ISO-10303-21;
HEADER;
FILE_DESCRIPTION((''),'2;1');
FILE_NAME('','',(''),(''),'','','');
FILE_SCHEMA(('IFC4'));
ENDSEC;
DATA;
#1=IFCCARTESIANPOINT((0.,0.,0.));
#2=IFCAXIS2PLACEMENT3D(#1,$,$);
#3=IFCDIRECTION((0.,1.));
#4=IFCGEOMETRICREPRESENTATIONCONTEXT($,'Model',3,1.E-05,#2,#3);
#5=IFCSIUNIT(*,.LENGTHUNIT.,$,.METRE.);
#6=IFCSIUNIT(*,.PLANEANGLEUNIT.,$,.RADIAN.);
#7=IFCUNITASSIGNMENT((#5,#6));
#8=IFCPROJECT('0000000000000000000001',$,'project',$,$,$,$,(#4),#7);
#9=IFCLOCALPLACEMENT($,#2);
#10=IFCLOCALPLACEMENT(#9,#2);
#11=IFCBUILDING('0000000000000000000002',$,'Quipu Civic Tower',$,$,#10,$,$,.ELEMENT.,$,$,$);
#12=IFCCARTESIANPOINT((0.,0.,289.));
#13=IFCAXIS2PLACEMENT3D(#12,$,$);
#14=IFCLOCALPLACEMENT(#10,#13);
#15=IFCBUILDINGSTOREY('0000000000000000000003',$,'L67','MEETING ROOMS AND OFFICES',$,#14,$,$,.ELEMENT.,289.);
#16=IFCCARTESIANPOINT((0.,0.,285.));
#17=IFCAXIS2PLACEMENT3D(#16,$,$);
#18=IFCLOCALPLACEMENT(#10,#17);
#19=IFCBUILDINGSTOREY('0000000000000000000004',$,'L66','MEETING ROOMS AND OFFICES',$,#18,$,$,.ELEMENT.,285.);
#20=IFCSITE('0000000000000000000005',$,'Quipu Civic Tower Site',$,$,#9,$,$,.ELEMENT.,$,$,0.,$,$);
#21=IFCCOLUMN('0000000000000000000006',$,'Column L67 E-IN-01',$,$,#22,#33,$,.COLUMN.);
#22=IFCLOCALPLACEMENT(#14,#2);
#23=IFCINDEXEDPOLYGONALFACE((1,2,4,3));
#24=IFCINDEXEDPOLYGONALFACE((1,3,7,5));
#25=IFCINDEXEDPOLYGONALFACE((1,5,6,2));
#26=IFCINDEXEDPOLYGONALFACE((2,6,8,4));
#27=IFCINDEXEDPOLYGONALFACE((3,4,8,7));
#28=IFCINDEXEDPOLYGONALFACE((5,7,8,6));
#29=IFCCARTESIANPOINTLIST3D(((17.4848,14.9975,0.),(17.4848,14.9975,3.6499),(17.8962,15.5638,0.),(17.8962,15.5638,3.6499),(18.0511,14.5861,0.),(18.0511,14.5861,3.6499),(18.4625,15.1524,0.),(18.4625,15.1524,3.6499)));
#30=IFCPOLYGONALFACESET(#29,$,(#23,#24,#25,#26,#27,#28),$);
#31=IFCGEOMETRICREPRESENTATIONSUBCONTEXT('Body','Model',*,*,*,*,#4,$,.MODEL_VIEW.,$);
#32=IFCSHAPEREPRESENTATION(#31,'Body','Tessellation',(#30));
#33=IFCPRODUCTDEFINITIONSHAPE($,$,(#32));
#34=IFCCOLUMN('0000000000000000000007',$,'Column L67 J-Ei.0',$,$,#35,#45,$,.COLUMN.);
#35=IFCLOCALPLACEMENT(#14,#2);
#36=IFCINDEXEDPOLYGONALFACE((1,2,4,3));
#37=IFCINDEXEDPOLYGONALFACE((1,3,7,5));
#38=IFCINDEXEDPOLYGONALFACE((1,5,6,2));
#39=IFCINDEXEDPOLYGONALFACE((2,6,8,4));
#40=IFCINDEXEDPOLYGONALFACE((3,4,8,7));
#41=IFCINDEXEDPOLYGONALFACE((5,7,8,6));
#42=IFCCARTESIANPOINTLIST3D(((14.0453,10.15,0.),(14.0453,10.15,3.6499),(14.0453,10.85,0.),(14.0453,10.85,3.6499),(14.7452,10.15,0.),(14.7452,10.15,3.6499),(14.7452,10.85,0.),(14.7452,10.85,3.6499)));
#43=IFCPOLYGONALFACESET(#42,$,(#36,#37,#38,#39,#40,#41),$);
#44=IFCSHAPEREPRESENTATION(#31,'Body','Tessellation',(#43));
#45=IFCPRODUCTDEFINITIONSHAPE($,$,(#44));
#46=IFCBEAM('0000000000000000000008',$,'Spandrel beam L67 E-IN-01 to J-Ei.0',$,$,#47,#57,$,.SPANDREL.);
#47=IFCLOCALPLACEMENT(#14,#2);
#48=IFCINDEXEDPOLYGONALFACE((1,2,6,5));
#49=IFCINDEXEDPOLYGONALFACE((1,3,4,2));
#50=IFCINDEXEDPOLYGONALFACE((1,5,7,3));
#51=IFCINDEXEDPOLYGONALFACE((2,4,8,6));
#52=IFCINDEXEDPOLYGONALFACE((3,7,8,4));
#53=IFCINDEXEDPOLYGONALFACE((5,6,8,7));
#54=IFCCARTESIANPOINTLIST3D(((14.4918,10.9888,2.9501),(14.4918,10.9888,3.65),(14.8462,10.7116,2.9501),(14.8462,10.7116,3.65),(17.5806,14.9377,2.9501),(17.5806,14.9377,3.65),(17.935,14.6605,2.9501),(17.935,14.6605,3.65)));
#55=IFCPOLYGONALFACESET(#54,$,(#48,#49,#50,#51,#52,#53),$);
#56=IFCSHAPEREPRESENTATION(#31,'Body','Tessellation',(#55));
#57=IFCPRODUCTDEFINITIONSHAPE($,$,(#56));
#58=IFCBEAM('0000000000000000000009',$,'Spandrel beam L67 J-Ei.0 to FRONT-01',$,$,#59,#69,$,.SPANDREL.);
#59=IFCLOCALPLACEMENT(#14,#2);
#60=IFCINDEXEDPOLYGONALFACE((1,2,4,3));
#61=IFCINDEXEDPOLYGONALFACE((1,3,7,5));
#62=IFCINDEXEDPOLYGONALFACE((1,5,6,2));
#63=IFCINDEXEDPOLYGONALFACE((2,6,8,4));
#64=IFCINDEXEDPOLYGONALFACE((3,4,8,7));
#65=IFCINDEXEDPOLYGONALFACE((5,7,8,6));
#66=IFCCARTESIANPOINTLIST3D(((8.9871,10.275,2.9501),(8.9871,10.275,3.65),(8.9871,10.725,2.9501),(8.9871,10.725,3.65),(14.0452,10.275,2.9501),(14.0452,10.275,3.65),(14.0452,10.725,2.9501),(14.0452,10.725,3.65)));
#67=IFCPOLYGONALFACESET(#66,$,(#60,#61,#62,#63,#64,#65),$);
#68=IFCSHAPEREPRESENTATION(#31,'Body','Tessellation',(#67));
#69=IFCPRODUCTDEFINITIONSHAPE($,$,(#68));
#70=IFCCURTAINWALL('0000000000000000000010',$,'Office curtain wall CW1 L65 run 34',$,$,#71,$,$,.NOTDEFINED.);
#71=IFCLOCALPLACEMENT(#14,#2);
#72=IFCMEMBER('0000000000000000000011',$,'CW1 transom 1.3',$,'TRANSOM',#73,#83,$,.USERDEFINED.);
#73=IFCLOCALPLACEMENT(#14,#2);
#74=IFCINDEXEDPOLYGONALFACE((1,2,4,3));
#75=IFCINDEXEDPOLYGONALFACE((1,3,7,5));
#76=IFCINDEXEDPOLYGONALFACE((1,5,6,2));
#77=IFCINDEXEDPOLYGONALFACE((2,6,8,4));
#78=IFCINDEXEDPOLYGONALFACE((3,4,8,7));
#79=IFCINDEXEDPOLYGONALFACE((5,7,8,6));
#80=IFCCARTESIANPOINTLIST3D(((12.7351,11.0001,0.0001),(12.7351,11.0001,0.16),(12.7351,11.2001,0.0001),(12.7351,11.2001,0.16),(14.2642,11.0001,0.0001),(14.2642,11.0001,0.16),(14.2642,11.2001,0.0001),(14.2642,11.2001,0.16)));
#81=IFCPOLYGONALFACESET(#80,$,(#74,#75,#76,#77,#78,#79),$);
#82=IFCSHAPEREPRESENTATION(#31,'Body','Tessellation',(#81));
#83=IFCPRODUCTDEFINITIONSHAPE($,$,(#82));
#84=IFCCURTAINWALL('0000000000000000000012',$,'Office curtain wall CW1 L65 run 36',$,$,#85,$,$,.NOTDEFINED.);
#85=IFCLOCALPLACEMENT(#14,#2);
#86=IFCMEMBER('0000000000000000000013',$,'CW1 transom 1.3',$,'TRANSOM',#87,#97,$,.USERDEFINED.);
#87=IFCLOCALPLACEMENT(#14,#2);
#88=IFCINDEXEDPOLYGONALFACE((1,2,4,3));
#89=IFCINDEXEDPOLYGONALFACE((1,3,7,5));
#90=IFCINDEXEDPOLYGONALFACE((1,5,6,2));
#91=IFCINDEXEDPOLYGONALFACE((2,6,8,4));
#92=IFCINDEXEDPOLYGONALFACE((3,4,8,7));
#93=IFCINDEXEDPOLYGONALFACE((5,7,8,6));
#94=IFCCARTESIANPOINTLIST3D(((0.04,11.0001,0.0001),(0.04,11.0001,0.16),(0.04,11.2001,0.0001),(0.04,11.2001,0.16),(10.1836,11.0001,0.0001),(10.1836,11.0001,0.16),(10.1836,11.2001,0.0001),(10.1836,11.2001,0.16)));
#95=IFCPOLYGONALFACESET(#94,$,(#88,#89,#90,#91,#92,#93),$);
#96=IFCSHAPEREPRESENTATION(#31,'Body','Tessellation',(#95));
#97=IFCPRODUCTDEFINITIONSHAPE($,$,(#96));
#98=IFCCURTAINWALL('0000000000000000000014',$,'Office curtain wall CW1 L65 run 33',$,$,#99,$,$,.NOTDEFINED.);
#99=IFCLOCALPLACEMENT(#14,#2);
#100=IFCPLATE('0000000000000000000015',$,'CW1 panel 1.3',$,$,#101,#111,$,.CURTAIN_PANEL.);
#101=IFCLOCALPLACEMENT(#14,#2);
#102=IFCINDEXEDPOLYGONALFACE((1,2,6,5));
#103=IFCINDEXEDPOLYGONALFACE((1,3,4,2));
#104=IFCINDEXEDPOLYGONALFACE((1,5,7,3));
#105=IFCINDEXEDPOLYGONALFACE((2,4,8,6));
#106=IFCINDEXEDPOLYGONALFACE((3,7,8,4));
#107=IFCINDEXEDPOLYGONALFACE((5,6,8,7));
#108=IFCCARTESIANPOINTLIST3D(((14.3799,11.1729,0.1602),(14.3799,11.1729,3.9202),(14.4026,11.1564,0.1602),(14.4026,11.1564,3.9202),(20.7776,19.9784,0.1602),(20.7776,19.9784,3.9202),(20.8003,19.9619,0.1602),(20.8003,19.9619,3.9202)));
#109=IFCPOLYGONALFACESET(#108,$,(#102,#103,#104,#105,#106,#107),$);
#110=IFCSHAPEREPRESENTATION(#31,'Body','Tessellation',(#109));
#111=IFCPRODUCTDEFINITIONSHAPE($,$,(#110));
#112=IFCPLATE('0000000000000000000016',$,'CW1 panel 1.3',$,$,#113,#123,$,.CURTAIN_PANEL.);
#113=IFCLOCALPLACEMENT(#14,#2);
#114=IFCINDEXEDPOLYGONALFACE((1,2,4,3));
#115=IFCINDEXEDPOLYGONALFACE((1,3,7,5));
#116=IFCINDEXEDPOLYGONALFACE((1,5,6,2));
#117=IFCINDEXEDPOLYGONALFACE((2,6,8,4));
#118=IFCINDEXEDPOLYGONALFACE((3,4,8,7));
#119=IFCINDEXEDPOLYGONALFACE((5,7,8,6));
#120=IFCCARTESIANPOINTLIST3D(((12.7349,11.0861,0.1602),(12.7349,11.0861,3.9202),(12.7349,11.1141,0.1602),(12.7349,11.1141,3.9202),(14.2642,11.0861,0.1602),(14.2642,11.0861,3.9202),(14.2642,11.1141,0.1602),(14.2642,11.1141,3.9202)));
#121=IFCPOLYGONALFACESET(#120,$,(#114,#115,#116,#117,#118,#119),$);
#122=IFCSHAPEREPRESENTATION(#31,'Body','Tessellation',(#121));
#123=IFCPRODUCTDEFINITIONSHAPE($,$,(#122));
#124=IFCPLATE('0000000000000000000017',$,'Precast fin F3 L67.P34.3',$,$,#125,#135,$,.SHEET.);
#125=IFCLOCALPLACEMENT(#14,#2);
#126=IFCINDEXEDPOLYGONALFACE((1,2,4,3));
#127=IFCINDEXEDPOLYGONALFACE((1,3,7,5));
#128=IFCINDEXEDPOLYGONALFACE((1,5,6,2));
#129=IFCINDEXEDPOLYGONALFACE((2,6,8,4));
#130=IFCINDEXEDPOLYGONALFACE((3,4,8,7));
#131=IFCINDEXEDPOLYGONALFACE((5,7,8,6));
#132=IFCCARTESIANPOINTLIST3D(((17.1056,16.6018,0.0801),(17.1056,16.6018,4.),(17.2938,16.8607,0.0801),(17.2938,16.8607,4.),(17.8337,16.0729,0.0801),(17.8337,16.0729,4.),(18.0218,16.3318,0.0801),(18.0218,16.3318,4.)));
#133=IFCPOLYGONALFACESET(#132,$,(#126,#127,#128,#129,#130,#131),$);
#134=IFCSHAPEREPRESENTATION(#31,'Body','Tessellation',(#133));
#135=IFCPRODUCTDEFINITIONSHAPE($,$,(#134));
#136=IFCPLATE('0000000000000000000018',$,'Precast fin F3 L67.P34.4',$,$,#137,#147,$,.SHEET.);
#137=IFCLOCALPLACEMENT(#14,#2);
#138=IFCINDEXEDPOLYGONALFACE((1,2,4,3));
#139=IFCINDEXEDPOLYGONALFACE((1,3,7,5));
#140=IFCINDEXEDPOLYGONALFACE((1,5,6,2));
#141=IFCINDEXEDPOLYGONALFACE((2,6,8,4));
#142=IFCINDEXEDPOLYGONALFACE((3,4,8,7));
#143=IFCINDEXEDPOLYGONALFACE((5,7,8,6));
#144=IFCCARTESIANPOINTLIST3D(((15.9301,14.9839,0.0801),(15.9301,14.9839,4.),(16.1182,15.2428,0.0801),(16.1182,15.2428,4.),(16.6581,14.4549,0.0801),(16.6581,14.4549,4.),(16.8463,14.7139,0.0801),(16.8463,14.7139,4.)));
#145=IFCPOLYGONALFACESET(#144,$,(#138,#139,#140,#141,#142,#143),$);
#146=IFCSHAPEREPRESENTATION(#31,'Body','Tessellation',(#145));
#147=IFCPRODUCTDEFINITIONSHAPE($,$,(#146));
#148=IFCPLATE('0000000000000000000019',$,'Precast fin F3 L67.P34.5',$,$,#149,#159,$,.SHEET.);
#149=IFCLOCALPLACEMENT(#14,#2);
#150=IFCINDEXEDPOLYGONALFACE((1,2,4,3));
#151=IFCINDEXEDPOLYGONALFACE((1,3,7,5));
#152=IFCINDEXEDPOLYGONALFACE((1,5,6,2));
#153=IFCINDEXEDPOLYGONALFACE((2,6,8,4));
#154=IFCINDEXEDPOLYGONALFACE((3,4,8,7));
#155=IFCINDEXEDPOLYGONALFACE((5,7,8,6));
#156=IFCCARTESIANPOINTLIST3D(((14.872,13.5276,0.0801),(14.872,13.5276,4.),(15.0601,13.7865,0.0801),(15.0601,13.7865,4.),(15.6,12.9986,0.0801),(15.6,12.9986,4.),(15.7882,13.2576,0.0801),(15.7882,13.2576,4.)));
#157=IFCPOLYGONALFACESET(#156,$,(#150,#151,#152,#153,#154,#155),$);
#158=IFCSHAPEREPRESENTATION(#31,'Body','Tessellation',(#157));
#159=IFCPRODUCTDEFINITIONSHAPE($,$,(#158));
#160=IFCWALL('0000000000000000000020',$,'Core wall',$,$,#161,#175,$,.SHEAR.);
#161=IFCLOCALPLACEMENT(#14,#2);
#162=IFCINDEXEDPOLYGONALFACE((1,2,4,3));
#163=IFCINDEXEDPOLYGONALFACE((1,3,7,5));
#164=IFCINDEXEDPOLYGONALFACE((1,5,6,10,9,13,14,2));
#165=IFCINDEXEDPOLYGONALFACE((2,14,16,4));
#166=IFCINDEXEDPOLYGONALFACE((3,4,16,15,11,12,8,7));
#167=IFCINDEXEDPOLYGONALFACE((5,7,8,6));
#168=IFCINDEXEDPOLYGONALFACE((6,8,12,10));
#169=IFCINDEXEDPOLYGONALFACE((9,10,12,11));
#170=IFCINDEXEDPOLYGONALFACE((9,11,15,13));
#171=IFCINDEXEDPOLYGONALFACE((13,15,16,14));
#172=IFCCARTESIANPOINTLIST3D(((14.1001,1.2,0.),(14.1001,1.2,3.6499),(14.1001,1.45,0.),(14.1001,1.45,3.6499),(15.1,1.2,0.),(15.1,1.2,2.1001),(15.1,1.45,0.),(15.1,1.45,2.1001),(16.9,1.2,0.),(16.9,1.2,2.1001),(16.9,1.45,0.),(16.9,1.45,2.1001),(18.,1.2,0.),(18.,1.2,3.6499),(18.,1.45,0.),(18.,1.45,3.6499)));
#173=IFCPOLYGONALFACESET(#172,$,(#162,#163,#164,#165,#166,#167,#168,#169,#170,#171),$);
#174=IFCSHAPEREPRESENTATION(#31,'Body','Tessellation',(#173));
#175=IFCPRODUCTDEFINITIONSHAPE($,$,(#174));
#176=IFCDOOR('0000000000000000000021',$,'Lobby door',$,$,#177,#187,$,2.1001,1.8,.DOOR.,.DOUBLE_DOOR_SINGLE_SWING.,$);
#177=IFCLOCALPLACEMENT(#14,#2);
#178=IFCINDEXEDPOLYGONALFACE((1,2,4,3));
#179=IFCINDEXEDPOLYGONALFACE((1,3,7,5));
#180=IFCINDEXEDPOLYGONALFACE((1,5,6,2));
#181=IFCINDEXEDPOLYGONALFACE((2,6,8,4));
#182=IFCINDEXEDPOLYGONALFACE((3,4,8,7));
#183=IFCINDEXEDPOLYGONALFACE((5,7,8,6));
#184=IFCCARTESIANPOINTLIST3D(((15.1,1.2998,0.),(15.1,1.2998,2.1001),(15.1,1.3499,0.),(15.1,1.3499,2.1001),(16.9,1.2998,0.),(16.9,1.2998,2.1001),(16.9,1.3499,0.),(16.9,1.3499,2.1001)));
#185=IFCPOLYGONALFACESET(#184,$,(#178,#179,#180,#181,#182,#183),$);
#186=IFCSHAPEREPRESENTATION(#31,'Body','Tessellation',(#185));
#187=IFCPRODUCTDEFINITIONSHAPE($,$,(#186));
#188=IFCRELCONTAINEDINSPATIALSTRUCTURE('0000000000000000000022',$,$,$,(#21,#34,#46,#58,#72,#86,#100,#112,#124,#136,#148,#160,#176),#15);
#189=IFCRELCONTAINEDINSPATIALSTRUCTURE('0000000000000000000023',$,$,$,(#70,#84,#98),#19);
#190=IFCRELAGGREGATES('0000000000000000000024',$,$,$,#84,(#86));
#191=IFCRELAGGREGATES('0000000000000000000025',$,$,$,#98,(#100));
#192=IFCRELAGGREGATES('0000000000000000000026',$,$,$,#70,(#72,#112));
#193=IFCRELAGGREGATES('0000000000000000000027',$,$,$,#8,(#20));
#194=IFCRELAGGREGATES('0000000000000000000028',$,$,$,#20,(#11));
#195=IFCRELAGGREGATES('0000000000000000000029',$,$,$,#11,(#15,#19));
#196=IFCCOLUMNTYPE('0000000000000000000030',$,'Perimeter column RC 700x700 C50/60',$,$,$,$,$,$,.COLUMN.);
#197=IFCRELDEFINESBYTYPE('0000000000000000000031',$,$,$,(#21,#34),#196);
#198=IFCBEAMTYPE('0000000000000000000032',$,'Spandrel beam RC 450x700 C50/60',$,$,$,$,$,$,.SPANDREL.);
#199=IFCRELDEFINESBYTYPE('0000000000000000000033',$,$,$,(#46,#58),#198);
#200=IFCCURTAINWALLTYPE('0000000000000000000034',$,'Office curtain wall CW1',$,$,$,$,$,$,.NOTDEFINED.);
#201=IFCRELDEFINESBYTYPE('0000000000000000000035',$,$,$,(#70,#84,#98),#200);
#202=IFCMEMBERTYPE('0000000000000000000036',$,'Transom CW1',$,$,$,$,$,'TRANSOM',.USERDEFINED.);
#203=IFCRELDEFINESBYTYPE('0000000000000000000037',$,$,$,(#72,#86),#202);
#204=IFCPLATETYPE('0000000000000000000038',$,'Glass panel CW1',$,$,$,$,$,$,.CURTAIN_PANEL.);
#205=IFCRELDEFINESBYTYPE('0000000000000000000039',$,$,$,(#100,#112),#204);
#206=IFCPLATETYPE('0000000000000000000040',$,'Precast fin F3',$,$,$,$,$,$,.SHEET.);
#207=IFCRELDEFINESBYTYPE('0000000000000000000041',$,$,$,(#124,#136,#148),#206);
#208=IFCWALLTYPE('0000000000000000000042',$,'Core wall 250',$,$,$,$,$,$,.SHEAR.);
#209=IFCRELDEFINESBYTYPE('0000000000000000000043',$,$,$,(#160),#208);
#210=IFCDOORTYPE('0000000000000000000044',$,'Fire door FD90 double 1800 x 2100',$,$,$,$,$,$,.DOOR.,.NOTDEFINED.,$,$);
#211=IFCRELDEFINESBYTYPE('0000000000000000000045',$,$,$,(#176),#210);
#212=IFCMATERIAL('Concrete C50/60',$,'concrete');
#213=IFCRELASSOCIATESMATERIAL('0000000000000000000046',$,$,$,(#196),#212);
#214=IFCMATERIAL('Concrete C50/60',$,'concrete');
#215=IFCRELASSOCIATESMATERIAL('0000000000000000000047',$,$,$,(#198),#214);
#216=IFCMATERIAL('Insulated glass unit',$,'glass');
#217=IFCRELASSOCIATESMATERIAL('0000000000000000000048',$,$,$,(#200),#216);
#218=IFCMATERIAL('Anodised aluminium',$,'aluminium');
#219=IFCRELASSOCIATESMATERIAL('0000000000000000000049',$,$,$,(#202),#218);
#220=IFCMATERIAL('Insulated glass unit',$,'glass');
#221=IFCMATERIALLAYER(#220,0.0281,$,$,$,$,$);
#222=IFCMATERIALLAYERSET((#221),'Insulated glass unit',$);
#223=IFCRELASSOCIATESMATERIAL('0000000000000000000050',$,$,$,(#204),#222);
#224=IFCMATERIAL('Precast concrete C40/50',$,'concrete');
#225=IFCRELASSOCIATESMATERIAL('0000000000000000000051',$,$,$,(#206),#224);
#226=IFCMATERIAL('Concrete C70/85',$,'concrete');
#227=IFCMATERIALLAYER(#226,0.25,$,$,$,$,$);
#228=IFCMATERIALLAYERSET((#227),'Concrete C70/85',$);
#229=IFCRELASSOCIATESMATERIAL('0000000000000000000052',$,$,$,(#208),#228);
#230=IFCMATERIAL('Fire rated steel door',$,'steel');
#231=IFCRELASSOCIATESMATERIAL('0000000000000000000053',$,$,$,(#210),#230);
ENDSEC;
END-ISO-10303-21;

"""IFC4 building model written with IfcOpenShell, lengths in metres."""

from ifc_helpers import new_model, si_unit, direction, frame, frame_2d, origin, origin_2d, place, context, subcontext, project, spatial, rectangle, extrude, material, layer, layer_set, material_profile, profile_set, type_object, element, fill, aggregate, save


model = new_model("IFC4")

# Units and contexts
model_context = context("Model", 3, precision=1e-05, world=origin(), true_north=direction((0.0, 1.0)))
body_context = subcontext(model_context, "Body", "Model", "MODEL_VIEW")
ifc_project = project(units=[si_unit("LENGTHUNIT", "METRE"), si_unit("PLANEANGLEUNIT", "RADIAN")], contexts=[model_context])

# Site, building, storey
site_placement = place(None, origin())
site = spatial("IfcSite", under=ifc_project, at=site_placement, Name="Quipu Civic Tower Site", CompositionType="ELEMENT", RefElevation=0.0)
building_placement = place(site_placement, origin())
building = spatial("IfcBuilding", under=site, at=building_placement, Name="Quipu Civic Tower", CompositionType="ELEMENT")
storey_1_placement = place(building_placement, frame((0.0, 0.0, 289.0)))
storey_1 = spatial("IfcBuildingStorey", under=building, at=storey_1_placement, Name="L67", Description="MEETING ROOMS AND OFFICES", CompositionType="ELEMENT", Elevation=289.0)

# Columns
ifc_material_1 = material(Name="Concrete C50/60", Category="concrete")
ifc_material_profile_1 = material_profile(ifc_material_1, rectangle(XDim=0.7, YDim=0.7, at=origin_2d()), Name="RC700x700")
ifc_profile_set_1 = profile_set([ifc_material_profile_1], Name="Concrete C50/60")
column_type = type_object("IfcColumnType", Name="Perimeter column RC 700x700 C50/60", PredefinedType="COLUMN", material=ifc_profile_set_1)
for number, where, z_axis, x_axis, name in (
    (1, (17.9736, 15.075, 0.0), (0.0, 0.0, 1.0), (-0.587785, -0.809017, 0.0), "Column L67 E-IN-01"),
    (2, (14.3953, 10.5, 0.0), (0.0, 0.0, 1.0), (-1.0, 0.0, 0.0), "Column L67 J-Ei.0"),
):
    element("IfcColumn", number, at=place(storey_1_placement, frame(where, z_axis=z_axis, x_axis=x_axis)), inside=storey_1, type_object=column_type, Name=name, PredefinedType="COLUMN", context=body_context, shape_type="SweptSolid", body=[
        extrude(rectangle(XDim=0.7, YDim=0.7, at=origin_2d()), origin(), (0.0, 0.0, 1.0), 3.6499),
    ])

# Beams
ifc_material_2 = material(Name="Concrete C50/60", Category="concrete")
ifc_material_profile_2 = material_profile(ifc_material_2, rectangle(XDim=0.45, YDim=0.7, at=origin_2d()), Name="RC450x700")
ifc_profile_set_2 = profile_set([ifc_material_profile_2], Name="Concrete C50/60")
beam_type = type_object("IfcBeamType", Name="Spandrel beam RC 450x700 C50/60", PredefinedType="SPANDREL", material=ifc_profile_set_2)
beam_1_placement = place(storey_1_placement, frame((17.7578, 14.7991, 3.3), z_axis=(-0.616106, -0.787663, 0.0), x_axis=(0.787663, -0.616106, 0.0)))
element("IfcBeam", 3, at=beam_1_placement, inside=storey_1, type_object=beam_type, Name="Spandrel beam L67 E-IN-01 to J-Ei.0", PredefinedType="SPANDREL", context=body_context, shape_type="SweptSolid", body=[
    extrude(rectangle(XDim=0.45, YDim=0.7, at=origin_2d()), origin(), (0.0, 0.0, 1.0), 5.0134),
])
beam_2_placement = place(storey_1_placement, frame((14.0452, 10.5, 3.3), z_axis=(-1.0, 0.0, 0.0), x_axis=(0.0, -1.0, 0.0)))
element("IfcBeam", 4, at=beam_2_placement, inside=storey_1, type_object=beam_type, Name="Spandrel beam L67 J-Ei.0 to FRONT-01", PredefinedType="SPANDREL", context=body_context, shape_type="SweptSolid", body=[
    extrude(rectangle(XDim=0.45, YDim=0.7, at=origin_2d()), origin(), (0.0, 0.0, 1.0), 5.0581),
])

# Shared definitions
storey_2_placement = place(building_placement, frame((0.0, 0.0, 285.0)))
storey_2 = spatial("IfcBuildingStorey", under=building, at=storey_2_placement, Name="L66", Description="MEETING ROOMS AND OFFICES", CompositionType="ELEMENT", Elevation=285.0)

# Curtain walls, members
ifc_material_3 = material(Name="Insulated glass unit", Category="glass")
curtain_wall_type = type_object("IfcCurtainWallType", Name="Office curtain wall CW1", PredefinedType="NOTDEFINED", material=ifc_material_3)
curtain_wall_1_placement = place(storey_2_placement, origin())
curtain_wall_1 = element("IfcCurtainWall", 5, at=curtain_wall_1_placement, inside=storey_2, type_object=curtain_wall_type, Name="Office curtain wall CW1 L65 run 34", PredefinedType="NOTDEFINED")
ifc_material_4 = material(Name="Anodised aluminium", Category="aluminium")
ifc_material_profile_3 = material_profile(ifc_material_4, rectangle(XDim=0.2, YDim=0.1599, at=origin_2d()), Name="RECT 200x160")
ifc_profile_set_3 = profile_set([ifc_material_profile_3], Name="Anodised aluminium")
member_type = type_object("IfcMemberType", Name="Transom CW1", ElementType="TRANSOM", PredefinedType="USERDEFINED", material=ifc_profile_set_3)
member_1_placement = place(storey_1_placement, frame((14.2642, 11.1001, 0.0801), z_axis=(-1.0, 0.0, 0.0), x_axis=(0.0, -1.0, 0.0)))
member_1 = element("IfcMember", 6, at=member_1_placement, inside=storey_1, type_object=member_type, Name="CW1 transom 1.3", ObjectType="TRANSOM", PredefinedType="USERDEFINED", context=body_context, shape_type="SweptSolid", body=[
    extrude(rectangle(XDim=0.2, YDim=0.1599, at=origin_2d()), origin(), (0.0, 0.0, 1.0), 1.5291),
])
curtain_wall_2_placement = place(storey_2_placement, origin())
curtain_wall_2 = element("IfcCurtainWall", 7, at=curtain_wall_2_placement, inside=storey_2, type_object=curtain_wall_type, Name="Office curtain wall CW1 L65 run 36", PredefinedType="NOTDEFINED")
member_2_placement = place(storey_1_placement, frame((10.1836, 11.1001, 0.0801), z_axis=(-1.0, 0.0, 0.0), x_axis=(0.0, -1.0, 0.0)))
member_2 = element("IfcMember", 8, at=member_2_placement, inside=storey_1, type_object=member_type, Name="CW1 transom 1.3", ObjectType="TRANSOM", PredefinedType="USERDEFINED", context=body_context, shape_type="SweptSolid", body=[
    extrude(rectangle(XDim=0.2, YDim=0.1599, at=origin_2d()), origin(), (0.0, 0.0, 1.0), 10.1436),
])
aggregate(curtain_wall_2, [member_2])

# Curtain wall, plate
curtain_wall_3_placement = place(storey_2_placement, origin())
curtain_wall_3 = element("IfcCurtainWall", 9, at=curtain_wall_3_placement, inside=storey_2, type_object=curtain_wall_type, Name="Office curtain wall CW1 L65 run 33", PredefinedType="NOTDEFINED")
ifc_material_5 = material(Name="Insulated glass unit", Category="glass")
ifc_layer_1 = layer(ifc_material_5, 0.0281)
ifc_layer_set_1 = layer_set([ifc_layer_1], Name="Insulated glass unit")
plate_type_1 = type_object("IfcPlateType", Name="Glass panel CW1", PredefinedType="CURTAIN_PANEL", material=ifc_layer_set_1)
plate_1_placement = place(storey_1_placement, frame((17.5901, 15.5674, 0.1602), z_axis=(0.0, 0.0, 1.0), x_axis=(-0.587788, -0.809015, 0.0)))
plate_1 = element("IfcPlate", 10, at=plate_1_placement, inside=storey_1, type_object=plate_type_1, Name="CW1 panel 1.3", PredefinedType="CURTAIN_PANEL", context=body_context, shape_type="SweptSolid", body=[
    extrude(rectangle(XDim=10.8843, YDim=0.0281, at=origin_2d()), origin(), (0.0, 0.0, 1.0), 3.76),
])
aggregate(curtain_wall_3, [plate_1])

# Plate
plate_2_placement = place(storey_1_placement, frame((13.4995, 11.1001, 0.1602), z_axis=(0.0, 0.0, 1.0), x_axis=(-1.0, 0.0, 0.0)))
plate_2 = element("IfcPlate", 11, at=plate_2_placement, inside=storey_1, type_object=plate_type_1, Name="CW1 panel 1.3", PredefinedType="CURTAIN_PANEL", context=body_context, shape_type="SweptSolid", body=[
    extrude(rectangle(XDim=1.5293, YDim=0.0281, at=origin_2d()), origin(), (0.0, 0.0, 1.0), 3.76),
])
aggregate(curtain_wall_1, [member_1, plate_2])

# Plates
ifc_material_6 = material(Name="Precast concrete C40/50", Category="concrete")
plate_type_2 = type_object("IfcPlateType", Name="Precast fin F3", PredefinedType="SHEET", material=ifc_material_6)
for number, where, z_axis, x_axis, name in (
    (12, (17.5637, 16.4668, 0.0801), (0.0, 0.0, 1.0), (-0.587784, -0.809018, 0.0), "Precast fin F3 L67.P34.3"),
    (13, (16.3882, 14.8489, 0.0801), (0.0, 0.0, 1.0), (-0.587784, -0.809018, 0.0), "Precast fin F3 L67.P34.4"),
    (14, (15.3301, 13.3926, 0.0801), (0.0, 0.0, 1.0), (-0.587784, -0.809018, 0.0), "Precast fin F3 L67.P34.5"),
):
    element("IfcPlate", number, at=place(storey_1_placement, frame(where, z_axis=z_axis, x_axis=x_axis)), inside=storey_1, type_object=plate_type_2, Name=name, PredefinedType="SHEET", context=body_context, shape_type="SweptSolid", body=[
        extrude(rectangle(XDim=0.3201, YDim=0.8999, at=origin_2d()), origin(), (0.0, 0.0, 1.0), 3.9199),
    ])

# Wall, opening, door
ifc_material_7 = material(Name="Concrete C70/85", Category="concrete")
ifc_layer_2 = layer(ifc_material_7, 0.25)
ifc_layer_set_2 = layer_set([ifc_layer_2], Name="Concrete C70/85")
wall_type_1 = type_object("IfcWallType", Name="Core wall 250", PredefinedType="SHEAR", material=ifc_layer_set_2)
wall_1_placement = place(storey_1_placement, frame((14.1001, 1.325, 0.0), z_axis=(0.0, 0.0, 1.0), x_axis=(1.0, 0.0, 0.0)))
wall_1 = element("IfcWall", 15, at=wall_1_placement, inside=storey_1, type_object=wall_type_1, Name="Core wall", PredefinedType="SHEAR", context=body_context, shape_type="SweptSolid", body=[
    extrude(rectangle(XDim=3.8999, YDim=0.25, at=frame_2d((1.95, 0.0))), origin(), (0.0, 0.0, 1.0), 3.6499),
])
opening_1_placement = place(wall_1_placement, frame((1.0, 0.0, 0.0)))
opening_1 = element("IfcOpeningElement", 16, at=opening_1_placement, cuts=wall_1, PredefinedType="OPENING", context=body_context, shape_type="SweptSolid", body=[
    extrude(rectangle(XDim=1.8, YDim=2.1001, at=frame_2d((0.8999, 1.05))), frame((0.0, 0.135, 0.0), z_axis=(0.0, -1.0, 0.0), x_axis=(1.0, 0.0, 0.0)), (0.0, 0.0, 1.0), 0.27),
])
ifc_material_8 = material(Name="Fire rated steel door", Category="steel")
door_type = type_object("IfcDoorType", Name="Fire door FD90 double 1800 x 2100", OperationType="NOTDEFINED", PredefinedType="DOOR", material=ifc_material_8)
door_placement = place(opening_1_placement, origin())
door = element("IfcDoor", 17, at=door_placement, inside=storey_1, type_object=door_type, Name="Lobby door", OperationType="DOUBLE_DOOR_SINGLE_SWING", OverallHeight=2.1001, OverallWidth=1.8, PredefinedType="DOOR", context=body_context, shape_type="SweptSolid", body=[
    extrude(rectangle(XDim=1.8, YDim=2.1001, at=frame_2d((0.8999, 1.05))), frame((0.0, 0.0249, 0.0), z_axis=(0.0, -1.0, 0.0), x_axis=(1.0, 0.0, 0.0)), (0.0, 0.0, 1.0), 0.05),
])
fill(opening_1, door)

save(model, "model.ifc")
